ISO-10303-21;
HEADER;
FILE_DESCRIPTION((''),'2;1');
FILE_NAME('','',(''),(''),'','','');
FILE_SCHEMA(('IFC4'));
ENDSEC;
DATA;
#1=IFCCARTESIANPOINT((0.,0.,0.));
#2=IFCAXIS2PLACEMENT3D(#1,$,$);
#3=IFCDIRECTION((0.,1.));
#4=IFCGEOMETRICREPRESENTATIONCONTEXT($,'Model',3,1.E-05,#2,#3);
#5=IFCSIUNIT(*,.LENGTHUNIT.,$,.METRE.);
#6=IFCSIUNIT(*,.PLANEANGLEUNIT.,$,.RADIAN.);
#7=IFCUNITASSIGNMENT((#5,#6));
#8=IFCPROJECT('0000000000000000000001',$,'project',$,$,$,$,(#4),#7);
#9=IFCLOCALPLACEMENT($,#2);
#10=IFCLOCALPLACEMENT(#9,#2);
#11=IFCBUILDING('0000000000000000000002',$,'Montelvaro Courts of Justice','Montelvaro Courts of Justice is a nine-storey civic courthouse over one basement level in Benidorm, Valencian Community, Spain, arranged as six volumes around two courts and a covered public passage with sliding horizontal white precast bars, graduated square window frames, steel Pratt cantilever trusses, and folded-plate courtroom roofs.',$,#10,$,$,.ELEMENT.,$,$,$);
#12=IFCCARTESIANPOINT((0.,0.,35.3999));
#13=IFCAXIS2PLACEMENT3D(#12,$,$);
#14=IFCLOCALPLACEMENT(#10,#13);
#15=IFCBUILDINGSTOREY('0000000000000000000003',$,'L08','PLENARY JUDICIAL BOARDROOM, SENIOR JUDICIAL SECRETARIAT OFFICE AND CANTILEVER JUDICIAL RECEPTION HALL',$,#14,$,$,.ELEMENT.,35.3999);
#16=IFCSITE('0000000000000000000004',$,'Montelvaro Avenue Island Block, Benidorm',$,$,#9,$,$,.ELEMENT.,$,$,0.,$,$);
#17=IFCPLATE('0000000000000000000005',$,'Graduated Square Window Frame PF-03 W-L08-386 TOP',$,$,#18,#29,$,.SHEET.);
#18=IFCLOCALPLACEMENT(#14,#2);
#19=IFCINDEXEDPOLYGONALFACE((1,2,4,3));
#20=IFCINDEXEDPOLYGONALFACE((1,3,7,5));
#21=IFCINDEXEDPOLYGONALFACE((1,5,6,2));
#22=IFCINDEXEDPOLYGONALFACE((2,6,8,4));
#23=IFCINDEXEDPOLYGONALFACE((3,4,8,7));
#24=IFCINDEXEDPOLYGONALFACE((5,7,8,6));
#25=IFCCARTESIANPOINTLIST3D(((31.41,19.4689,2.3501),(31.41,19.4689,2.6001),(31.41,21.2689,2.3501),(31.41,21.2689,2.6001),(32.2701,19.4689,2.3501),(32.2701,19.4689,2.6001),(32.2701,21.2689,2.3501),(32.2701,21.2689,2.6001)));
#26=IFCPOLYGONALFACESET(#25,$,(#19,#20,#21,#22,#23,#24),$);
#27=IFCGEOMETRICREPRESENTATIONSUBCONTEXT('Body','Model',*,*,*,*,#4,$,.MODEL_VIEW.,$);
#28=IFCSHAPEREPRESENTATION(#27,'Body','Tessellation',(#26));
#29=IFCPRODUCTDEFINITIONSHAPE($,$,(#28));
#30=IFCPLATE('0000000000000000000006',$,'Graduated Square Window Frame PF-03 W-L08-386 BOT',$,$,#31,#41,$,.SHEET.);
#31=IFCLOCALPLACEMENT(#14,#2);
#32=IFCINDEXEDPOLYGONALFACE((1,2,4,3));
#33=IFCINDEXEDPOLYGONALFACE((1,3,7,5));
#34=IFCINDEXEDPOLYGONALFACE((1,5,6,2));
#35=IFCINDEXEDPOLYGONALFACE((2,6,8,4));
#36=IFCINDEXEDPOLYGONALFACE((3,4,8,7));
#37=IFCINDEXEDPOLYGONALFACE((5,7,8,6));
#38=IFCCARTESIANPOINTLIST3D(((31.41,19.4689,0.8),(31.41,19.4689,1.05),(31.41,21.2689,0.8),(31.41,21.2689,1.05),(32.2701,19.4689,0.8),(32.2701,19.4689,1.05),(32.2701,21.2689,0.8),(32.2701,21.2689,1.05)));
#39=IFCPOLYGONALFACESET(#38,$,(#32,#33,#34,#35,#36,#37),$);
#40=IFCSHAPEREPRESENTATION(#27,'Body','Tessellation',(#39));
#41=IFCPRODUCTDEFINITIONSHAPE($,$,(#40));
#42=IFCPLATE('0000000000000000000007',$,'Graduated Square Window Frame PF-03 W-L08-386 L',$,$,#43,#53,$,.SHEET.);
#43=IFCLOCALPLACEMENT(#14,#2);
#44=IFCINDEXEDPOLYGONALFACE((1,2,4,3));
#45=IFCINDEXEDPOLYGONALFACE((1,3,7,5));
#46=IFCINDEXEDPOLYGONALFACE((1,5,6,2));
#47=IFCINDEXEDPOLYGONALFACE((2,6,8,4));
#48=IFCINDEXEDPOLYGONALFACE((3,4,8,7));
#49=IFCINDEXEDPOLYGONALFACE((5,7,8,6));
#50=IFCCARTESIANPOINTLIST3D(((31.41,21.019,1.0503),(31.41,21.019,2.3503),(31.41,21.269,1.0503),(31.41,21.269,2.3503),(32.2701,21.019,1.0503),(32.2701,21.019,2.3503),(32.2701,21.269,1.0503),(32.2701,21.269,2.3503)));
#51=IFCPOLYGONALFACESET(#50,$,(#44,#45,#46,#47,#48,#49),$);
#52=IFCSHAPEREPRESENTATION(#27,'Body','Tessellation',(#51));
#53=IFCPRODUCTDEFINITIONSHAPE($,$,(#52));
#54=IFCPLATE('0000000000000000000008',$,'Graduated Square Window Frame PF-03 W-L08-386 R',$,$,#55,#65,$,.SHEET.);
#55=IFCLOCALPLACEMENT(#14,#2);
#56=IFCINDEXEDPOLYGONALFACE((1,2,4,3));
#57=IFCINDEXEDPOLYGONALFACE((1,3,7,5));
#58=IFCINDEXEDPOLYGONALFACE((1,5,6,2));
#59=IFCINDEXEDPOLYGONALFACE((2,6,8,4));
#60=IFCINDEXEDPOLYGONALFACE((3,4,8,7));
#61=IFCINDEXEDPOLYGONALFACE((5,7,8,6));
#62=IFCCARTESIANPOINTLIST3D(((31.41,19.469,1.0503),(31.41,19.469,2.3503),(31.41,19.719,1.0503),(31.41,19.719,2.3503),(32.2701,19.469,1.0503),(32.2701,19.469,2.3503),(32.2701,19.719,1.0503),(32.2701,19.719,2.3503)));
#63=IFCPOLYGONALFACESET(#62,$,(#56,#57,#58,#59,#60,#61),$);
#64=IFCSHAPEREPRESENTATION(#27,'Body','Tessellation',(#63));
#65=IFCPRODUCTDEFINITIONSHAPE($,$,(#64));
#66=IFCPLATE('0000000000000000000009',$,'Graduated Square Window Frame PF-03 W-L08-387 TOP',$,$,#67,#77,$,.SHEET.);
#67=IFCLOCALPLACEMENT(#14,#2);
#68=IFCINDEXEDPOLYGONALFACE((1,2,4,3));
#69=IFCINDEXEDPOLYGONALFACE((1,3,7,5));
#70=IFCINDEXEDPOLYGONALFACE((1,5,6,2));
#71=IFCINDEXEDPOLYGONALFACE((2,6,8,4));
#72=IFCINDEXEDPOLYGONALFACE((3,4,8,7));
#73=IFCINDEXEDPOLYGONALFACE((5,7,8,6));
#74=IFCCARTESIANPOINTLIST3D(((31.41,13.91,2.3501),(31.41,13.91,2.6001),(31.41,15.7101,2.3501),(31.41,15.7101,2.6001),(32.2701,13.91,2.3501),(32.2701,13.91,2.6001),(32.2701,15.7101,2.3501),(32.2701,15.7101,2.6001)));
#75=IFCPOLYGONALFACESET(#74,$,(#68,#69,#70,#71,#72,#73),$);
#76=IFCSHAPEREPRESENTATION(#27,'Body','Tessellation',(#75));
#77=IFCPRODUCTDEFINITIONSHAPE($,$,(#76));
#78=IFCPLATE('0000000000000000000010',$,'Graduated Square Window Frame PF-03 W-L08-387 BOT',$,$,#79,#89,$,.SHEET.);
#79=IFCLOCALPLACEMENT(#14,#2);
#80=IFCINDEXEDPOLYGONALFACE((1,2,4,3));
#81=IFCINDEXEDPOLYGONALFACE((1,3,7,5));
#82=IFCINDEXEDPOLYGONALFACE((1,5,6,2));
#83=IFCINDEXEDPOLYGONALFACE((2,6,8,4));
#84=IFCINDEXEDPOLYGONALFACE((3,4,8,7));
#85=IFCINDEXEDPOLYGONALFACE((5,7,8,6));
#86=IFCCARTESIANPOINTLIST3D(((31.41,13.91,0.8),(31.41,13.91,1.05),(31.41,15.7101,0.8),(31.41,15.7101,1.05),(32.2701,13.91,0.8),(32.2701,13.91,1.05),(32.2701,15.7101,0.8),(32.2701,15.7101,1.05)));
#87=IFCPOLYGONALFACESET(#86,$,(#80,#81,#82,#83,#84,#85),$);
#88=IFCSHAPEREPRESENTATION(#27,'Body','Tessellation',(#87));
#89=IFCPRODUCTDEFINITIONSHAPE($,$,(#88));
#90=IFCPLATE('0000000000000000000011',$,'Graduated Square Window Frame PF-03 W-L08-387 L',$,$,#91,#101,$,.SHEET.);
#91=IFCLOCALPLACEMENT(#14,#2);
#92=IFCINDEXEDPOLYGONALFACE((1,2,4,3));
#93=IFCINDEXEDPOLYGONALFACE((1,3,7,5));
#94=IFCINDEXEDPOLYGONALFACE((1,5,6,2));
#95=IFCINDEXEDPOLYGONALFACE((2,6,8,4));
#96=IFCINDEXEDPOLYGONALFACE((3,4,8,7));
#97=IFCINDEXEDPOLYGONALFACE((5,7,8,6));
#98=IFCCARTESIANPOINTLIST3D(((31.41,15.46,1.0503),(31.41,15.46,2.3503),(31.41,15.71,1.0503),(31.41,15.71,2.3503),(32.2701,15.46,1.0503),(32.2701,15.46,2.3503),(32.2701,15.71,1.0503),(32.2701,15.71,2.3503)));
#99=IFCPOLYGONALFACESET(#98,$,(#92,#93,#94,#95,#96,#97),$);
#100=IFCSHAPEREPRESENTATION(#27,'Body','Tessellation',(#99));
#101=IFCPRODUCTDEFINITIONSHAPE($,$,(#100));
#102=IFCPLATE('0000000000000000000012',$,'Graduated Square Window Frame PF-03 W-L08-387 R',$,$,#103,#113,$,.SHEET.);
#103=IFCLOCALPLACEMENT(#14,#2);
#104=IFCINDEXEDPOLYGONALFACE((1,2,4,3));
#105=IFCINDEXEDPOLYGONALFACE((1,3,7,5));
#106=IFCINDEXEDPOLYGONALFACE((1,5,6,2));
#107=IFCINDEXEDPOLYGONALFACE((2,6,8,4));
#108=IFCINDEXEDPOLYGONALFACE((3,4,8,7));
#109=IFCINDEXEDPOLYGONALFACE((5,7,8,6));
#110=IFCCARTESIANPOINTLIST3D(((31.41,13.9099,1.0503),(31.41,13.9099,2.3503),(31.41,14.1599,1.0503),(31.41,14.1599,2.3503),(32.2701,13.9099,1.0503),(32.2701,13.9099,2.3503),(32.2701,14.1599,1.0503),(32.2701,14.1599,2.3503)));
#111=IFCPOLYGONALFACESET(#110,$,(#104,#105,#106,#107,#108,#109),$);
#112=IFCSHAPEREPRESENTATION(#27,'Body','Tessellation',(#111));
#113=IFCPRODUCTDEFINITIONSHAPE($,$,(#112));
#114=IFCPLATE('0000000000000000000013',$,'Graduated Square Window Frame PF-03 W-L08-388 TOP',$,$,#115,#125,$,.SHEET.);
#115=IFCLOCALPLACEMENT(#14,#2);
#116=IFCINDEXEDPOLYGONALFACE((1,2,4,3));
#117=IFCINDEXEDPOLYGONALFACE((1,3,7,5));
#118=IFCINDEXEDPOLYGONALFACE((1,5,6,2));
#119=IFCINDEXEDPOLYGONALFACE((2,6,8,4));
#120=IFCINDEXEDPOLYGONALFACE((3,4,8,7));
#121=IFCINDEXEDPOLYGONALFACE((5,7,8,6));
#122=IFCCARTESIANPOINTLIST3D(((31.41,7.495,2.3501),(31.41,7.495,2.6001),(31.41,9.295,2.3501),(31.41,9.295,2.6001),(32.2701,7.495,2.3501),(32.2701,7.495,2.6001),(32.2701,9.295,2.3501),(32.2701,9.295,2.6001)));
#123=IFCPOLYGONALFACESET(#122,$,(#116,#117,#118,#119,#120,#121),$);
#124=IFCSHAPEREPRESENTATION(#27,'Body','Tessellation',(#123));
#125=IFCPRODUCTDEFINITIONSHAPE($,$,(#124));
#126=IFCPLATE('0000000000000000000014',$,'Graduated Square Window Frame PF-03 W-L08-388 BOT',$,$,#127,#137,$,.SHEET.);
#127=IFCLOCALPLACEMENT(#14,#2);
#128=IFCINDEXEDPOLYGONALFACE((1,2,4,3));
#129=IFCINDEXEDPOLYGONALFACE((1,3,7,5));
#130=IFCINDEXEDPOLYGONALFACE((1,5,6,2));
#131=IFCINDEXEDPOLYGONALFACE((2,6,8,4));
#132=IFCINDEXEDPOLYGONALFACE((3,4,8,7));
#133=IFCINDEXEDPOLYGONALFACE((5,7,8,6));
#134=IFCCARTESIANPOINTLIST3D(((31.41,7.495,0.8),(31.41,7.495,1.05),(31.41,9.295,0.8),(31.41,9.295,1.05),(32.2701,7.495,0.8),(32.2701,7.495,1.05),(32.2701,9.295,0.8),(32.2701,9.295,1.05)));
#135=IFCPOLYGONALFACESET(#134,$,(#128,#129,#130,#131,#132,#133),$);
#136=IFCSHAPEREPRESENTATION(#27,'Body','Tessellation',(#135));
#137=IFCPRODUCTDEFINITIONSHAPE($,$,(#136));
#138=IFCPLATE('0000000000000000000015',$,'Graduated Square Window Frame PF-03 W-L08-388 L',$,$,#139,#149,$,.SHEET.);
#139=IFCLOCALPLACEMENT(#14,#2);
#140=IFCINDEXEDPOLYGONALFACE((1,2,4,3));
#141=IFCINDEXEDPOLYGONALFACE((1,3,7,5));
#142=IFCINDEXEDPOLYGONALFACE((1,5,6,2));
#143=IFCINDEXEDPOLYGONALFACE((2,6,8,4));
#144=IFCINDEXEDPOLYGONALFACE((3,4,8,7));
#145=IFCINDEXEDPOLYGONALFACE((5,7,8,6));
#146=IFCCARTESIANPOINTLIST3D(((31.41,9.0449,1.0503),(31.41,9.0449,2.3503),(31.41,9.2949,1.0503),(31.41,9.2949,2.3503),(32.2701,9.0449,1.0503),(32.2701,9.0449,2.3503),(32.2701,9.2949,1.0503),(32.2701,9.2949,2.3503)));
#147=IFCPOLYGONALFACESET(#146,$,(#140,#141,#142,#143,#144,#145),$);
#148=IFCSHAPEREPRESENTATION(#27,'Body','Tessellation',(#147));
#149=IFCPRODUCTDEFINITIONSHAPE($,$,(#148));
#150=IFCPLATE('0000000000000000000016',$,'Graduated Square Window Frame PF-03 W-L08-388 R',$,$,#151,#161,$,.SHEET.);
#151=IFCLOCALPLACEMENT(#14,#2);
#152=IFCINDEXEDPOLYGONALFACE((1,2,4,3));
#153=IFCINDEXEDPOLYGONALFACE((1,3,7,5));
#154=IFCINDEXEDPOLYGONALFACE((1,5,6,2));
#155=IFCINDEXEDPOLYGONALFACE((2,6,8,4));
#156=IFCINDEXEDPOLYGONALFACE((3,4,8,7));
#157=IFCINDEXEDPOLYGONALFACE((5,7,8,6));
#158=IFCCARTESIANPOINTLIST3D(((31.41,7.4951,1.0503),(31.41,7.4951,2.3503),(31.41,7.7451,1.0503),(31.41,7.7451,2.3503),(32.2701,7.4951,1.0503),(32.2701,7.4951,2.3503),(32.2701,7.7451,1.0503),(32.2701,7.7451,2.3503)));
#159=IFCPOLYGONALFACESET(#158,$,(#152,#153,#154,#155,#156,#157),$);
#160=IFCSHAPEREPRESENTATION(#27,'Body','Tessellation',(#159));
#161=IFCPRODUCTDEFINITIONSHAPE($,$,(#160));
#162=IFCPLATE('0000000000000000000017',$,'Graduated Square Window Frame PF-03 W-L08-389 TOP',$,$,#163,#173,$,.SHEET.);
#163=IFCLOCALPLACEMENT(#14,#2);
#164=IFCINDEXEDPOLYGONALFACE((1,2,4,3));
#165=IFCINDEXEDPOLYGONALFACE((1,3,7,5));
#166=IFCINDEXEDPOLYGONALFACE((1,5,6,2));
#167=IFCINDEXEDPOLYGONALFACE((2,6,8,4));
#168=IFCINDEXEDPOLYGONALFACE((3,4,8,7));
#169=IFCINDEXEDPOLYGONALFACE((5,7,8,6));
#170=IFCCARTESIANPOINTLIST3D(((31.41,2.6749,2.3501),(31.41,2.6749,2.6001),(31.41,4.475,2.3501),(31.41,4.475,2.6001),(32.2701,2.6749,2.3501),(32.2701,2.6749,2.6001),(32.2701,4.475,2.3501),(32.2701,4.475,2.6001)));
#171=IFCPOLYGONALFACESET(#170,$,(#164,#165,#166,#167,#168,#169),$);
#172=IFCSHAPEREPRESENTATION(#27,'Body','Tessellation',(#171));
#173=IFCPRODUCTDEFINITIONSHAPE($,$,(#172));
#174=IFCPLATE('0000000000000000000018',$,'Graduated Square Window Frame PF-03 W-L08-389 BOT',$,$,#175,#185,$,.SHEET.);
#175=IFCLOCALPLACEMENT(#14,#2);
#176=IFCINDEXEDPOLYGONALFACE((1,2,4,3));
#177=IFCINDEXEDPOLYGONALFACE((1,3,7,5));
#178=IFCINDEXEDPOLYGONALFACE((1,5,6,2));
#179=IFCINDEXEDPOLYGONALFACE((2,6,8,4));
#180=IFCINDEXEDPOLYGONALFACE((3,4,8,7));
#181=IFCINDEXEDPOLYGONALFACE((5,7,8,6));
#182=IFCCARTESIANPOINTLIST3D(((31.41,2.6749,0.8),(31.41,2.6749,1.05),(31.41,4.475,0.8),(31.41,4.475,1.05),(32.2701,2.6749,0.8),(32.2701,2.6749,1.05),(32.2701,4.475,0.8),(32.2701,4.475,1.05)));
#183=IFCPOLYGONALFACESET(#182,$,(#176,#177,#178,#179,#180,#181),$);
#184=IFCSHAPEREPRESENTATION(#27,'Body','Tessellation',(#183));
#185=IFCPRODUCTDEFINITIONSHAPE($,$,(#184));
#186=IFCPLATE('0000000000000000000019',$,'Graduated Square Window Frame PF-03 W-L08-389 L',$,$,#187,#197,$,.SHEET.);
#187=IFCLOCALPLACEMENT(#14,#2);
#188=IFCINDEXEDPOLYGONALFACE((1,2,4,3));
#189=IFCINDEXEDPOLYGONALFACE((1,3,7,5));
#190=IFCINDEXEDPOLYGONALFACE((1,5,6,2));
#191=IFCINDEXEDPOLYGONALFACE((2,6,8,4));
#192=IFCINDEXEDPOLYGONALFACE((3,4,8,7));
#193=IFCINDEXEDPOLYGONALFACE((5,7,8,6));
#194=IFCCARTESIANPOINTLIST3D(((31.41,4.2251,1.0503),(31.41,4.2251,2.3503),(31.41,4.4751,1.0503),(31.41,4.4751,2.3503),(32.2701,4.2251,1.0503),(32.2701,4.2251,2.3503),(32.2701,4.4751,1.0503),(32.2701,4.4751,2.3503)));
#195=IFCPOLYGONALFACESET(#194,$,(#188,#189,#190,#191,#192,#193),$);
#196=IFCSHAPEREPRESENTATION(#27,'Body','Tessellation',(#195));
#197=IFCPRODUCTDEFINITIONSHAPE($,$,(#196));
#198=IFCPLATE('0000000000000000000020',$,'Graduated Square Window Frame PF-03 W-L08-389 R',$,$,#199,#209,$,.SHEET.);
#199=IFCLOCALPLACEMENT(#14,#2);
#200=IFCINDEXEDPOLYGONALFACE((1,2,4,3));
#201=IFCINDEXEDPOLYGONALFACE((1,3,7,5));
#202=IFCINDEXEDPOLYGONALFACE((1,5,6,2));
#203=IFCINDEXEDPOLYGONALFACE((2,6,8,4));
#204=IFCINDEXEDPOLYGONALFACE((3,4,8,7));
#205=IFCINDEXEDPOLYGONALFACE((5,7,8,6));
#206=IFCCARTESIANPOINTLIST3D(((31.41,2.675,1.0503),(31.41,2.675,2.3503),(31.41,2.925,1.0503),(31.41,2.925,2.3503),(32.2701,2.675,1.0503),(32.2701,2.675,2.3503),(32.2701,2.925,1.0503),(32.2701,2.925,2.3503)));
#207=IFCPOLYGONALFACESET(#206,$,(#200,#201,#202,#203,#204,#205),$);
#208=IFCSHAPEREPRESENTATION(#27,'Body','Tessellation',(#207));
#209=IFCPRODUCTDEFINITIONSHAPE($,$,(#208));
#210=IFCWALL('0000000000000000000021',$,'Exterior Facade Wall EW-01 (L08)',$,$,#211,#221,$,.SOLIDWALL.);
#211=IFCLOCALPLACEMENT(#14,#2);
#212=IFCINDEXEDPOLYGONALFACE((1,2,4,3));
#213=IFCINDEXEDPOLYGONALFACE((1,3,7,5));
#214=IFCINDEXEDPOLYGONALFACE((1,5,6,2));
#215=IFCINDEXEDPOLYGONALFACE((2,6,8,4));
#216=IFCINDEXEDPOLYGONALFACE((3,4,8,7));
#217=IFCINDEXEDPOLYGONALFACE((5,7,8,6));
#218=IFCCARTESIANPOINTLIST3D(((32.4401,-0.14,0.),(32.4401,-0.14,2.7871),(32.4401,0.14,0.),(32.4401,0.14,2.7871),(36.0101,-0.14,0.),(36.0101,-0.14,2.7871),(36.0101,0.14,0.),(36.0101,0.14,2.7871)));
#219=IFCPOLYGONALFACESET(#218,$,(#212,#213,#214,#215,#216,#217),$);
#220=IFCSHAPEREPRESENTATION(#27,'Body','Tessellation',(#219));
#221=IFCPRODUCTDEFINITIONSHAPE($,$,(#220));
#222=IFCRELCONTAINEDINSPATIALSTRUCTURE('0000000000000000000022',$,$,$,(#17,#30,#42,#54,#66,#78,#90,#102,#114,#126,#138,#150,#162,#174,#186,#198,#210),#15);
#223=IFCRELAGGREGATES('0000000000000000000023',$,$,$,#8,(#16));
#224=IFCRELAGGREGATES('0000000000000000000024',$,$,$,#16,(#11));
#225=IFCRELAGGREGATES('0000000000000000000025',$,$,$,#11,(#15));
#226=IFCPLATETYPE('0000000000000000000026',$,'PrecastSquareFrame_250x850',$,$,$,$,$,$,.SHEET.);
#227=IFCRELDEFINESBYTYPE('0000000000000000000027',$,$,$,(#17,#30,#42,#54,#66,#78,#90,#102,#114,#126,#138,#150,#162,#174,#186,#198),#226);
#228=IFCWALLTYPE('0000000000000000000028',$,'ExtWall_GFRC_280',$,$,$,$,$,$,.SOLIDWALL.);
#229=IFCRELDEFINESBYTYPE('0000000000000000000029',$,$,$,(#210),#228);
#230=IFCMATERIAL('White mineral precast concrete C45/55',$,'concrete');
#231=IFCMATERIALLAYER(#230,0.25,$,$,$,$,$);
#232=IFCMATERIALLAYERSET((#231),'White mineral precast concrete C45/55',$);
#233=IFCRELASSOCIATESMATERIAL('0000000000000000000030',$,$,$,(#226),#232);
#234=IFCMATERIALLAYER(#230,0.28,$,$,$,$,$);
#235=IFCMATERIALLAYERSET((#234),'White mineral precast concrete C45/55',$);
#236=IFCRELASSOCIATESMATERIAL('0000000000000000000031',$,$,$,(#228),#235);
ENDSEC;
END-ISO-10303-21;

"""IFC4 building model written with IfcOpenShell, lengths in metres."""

from ifc_helpers import new_model, si_unit, direction, frame, frame_2d, origin, origin_2d, place, context, subcontext, project, spatial, rectangle, extrude, material, layer, layer_set, type_object, element, save


model = new_model("IFC4")

# Units and contexts
model_context = context("Model", 3, precision=1e-05, world=origin(), true_north=direction((0.0, 1.0)))
body_context = subcontext(model_context, "Body", "Model", "MODEL_VIEW")
ifc_project = project(units=[si_unit("LENGTHUNIT", "METRE"), si_unit("PLANEANGLEUNIT", "RADIAN")], contexts=[model_context])

# Site, building, storey
site_placement = place(None, origin())
site = spatial("IfcSite", under=ifc_project, at=site_placement, Name="Montelvaro Avenue Island Block, Benidorm", CompositionType="ELEMENT", RefElevation=0.0)
building_placement = place(site_placement, origin())
building = spatial("IfcBuilding", under=site, at=building_placement, Name="Montelvaro Courts of Justice", Description="Montelvaro Courts of Justice is a nine-storey civic courthouse over one basement level in Benidorm, Valencian Community, Spain, arranged as six volumes around two courts and a covered public passage with sliding horizontal white precast bars, graduated square window frames, steel Pratt cantilever trusses, and folded-plate courtroom roofs.", CompositionType="ELEMENT")
storey_placement = place(building_placement, frame((0.0, 0.0, 35.3999)))
storey = spatial("IfcBuildingStorey", under=building, at=storey_placement, Name="L08", Description="PLENARY JUDICIAL BOARDROOM, SENIOR JUDICIAL SECRETARIAT OFFICE AND CANTILEVER JUDICIAL RECEPTION HALL", CompositionType="ELEMENT", Elevation=35.3999)

# Plates
ifc_material_1 = material(Name="White mineral precast concrete C45/55", Category="concrete")
ifc_layer_1 = layer(ifc_material_1, 0.25)
ifc_layer_set_1 = layer_set([ifc_layer_1], Name="White mineral precast concrete C45/55")
plate_type_1 = type_object("IfcPlateType", Name="PrecastSquareFrame_250x850", PredefinedType="SHEET", material=ifc_layer_set_1)
for number, where, z_axis, x_axis, name in (
    (1, (31.8401, 20.3689, 2.3501), (0.0, 0.0, 1.0), (0.0, -1.0, 0.0), "Graduated Square Window Frame PF-03 W-L08-386 TOP"),
    (2, (31.8401, 20.3689, 0.8), (0.0, 0.0, 1.0), (0.0, -1.0, 0.0), "Graduated Square Window Frame PF-03 W-L08-386 BOT"),
):
    element("IfcPlate", number, at=place(storey_placement, frame(where, z_axis=z_axis, x_axis=x_axis)), inside=storey, type_object=plate_type_1, Name=name, PredefinedType="SHEET", context=body_context, shape_type="SweptSolid", body=[
        extrude(rectangle(XDim=1.8, YDim=0.8601, at=origin_2d()), origin(), (0.0, 0.0, 1.0), 0.25),
    ])
for number, where, z_axis, x_axis, name in (
    (3, (31.8401, 21.144, 1.0503), (0.0, 0.0, 1.0), (0.0, -1.0, 0.0), "Graduated Square Window Frame PF-03 W-L08-386 L"),
    (4, (31.8401, 19.594, 1.0503), (0.0, 0.0, 1.0), (0.0, -1.0, 0.0), "Graduated Square Window Frame PF-03 W-L08-386 R"),
):
    element("IfcPlate", number, at=place(storey_placement, frame(where, z_axis=z_axis, x_axis=x_axis)), inside=storey, type_object=plate_type_1, Name=name, PredefinedType="SHEET", context=body_context, shape_type="SweptSolid", body=[
        extrude(rectangle(XDim=0.25, YDim=0.8601, at=origin_2d()), origin(), (0.0, 0.0, 1.0), 1.3),
    ])
for number, where, z_axis, x_axis, name in (
    (5, (31.8401, 14.8101, 2.3501), (0.0, 0.0, 1.0), (0.0, -1.0, 0.0), "Graduated Square Window Frame PF-03 W-L08-387 TOP"),
    (6, (31.8401, 14.8101, 0.8), (0.0, 0.0, 1.0), (0.0, -1.0, 0.0), "Graduated Square Window Frame PF-03 W-L08-387 BOT"),
):
    element("IfcPlate", number, at=place(storey_placement, frame(where, z_axis=z_axis, x_axis=x_axis)), inside=storey, type_object=plate_type_1, Name=name, PredefinedType="SHEET", context=body_context, shape_type="SweptSolid", body=[
        extrude(rectangle(XDim=1.8, YDim=0.8601, at=origin_2d()), origin(), (0.0, 0.0, 1.0), 0.25),
    ])
for number, where, z_axis, x_axis, name in (
    (7, (31.8401, 15.585, 1.0503), (0.0, 0.0, 1.0), (0.0, -1.0, 0.0), "Graduated Square Window Frame PF-03 W-L08-387 L"),
    (8, (31.8401, 14.0349, 1.0503), (0.0, 0.0, 1.0), (0.0, -1.0, 0.0), "Graduated Square Window Frame PF-03 W-L08-387 R"),
):
    element("IfcPlate", number, at=place(storey_placement, frame(where, z_axis=z_axis, x_axis=x_axis)), inside=storey, type_object=plate_type_1, Name=name, PredefinedType="SHEET", context=body_context, shape_type="SweptSolid", body=[
        extrude(rectangle(XDim=0.25, YDim=0.8601, at=origin_2d()), origin(), (0.0, 0.0, 1.0), 1.3),
    ])
for number, where, z_axis, x_axis, name in (
    (9, (31.8401, 8.395, 2.3501), (0.0, 0.0, 1.0), (0.0, -1.0, 0.0), "Graduated Square Window Frame PF-03 W-L08-388 TOP"),
    (10, (31.8401, 8.395, 0.8), (0.0, 0.0, 1.0), (0.0, -1.0, 0.0), "Graduated Square Window Frame PF-03 W-L08-388 BOT"),
):
    element("IfcPlate", number, at=place(storey_placement, frame(where, z_axis=z_axis, x_axis=x_axis)), inside=storey, type_object=plate_type_1, Name=name, PredefinedType="SHEET", context=body_context, shape_type="SweptSolid", body=[
        extrude(rectangle(XDim=1.8, YDim=0.8601, at=origin_2d()), origin(), (0.0, 0.0, 1.0), 0.25),
    ])
for number, where, z_axis, x_axis, name in (
    (11, (31.8401, 9.1699, 1.0503), (0.0, 0.0, 1.0), (0.0, -1.0, 0.0), "Graduated Square Window Frame PF-03 W-L08-388 L"),
    (12, (31.8401, 7.6201, 1.0503), (0.0, 0.0, 1.0), (0.0, -1.0, 0.0), "Graduated Square Window Frame PF-03 W-L08-388 R"),
):
    element("IfcPlate", number, at=place(storey_placement, frame(where, z_axis=z_axis, x_axis=x_axis)), inside=storey, type_object=plate_type_1, Name=name, PredefinedType="SHEET", context=body_context, shape_type="SweptSolid", body=[
        extrude(rectangle(XDim=0.25, YDim=0.8601, at=origin_2d()), origin(), (0.0, 0.0, 1.0), 1.3),
    ])
for number, where, z_axis, x_axis, name in (
    (13, (31.8401, 3.575, 2.3501), (0.0, 0.0, 1.0), (0.0, -1.0, 0.0), "Graduated Square Window Frame PF-03 W-L08-389 TOP"),
    (14, (31.8401, 3.575, 0.8), (0.0, 0.0, 1.0), (0.0, -1.0, 0.0), "Graduated Square Window Frame PF-03 W-L08-389 BOT"),
):
    element("IfcPlate", number, at=place(storey_placement, frame(where, z_axis=z_axis, x_axis=x_axis)), inside=storey, type_object=plate_type_1, Name=name, PredefinedType="SHEET", context=body_context, shape_type="SweptSolid", body=[
        extrude(rectangle(XDim=1.8, YDim=0.8601, at=origin_2d()), origin(), (0.0, 0.0, 1.0), 0.25),
    ])
for number, where, z_axis, x_axis, name in (
    (15, (31.8401, 4.3501, 1.0503), (0.0, 0.0, 1.0), (0.0, -1.0, 0.0), "Graduated Square Window Frame PF-03 W-L08-389 L"),
    (16, (31.8401, 2.8, 1.0503), (0.0, 0.0, 1.0), (0.0, -1.0, 0.0), "Graduated Square Window Frame PF-03 W-L08-389 R"),
):
    element("IfcPlate", number, at=place(storey_placement, frame(where, z_axis=z_axis, x_axis=x_axis)), inside=storey, type_object=plate_type_1, Name=name, PredefinedType="SHEET", context=body_context, shape_type="SweptSolid", body=[
        extrude(rectangle(XDim=0.25, YDim=0.8601, at=origin_2d()), origin(), (0.0, 0.0, 1.0), 1.3),
    ])

# Wall
ifc_layer_2 = layer(ifc_material_1, 0.28)
ifc_layer_set_2 = layer_set([ifc_layer_2], Name="White mineral precast concrete C45/55")
wall_type = type_object("IfcWallType", Name="ExtWall_GFRC_280", PredefinedType="SOLIDWALL", material=ifc_layer_set_2)
wall_1_placement = place(storey_placement, frame((32.4399, 0.0, 0.0), z_axis=(0.0, 0.0, 1.0), x_axis=(1.0, 0.0, 0.0)))
element("IfcWall", 17, at=wall_1_placement, inside=storey, type_object=wall_type, Name="Exterior Facade Wall EW-01 (L08)", PredefinedType="SOLIDWALL", context=body_context, shape_type="SweptSolid", body=[
    extrude(rectangle(XDim=3.5701, YDim=0.28, at=frame_2d((1.7852, 0.0))), origin(), (0.0, 0.0, 1.0), 2.7871),
])

save(model, "model.ifc")
